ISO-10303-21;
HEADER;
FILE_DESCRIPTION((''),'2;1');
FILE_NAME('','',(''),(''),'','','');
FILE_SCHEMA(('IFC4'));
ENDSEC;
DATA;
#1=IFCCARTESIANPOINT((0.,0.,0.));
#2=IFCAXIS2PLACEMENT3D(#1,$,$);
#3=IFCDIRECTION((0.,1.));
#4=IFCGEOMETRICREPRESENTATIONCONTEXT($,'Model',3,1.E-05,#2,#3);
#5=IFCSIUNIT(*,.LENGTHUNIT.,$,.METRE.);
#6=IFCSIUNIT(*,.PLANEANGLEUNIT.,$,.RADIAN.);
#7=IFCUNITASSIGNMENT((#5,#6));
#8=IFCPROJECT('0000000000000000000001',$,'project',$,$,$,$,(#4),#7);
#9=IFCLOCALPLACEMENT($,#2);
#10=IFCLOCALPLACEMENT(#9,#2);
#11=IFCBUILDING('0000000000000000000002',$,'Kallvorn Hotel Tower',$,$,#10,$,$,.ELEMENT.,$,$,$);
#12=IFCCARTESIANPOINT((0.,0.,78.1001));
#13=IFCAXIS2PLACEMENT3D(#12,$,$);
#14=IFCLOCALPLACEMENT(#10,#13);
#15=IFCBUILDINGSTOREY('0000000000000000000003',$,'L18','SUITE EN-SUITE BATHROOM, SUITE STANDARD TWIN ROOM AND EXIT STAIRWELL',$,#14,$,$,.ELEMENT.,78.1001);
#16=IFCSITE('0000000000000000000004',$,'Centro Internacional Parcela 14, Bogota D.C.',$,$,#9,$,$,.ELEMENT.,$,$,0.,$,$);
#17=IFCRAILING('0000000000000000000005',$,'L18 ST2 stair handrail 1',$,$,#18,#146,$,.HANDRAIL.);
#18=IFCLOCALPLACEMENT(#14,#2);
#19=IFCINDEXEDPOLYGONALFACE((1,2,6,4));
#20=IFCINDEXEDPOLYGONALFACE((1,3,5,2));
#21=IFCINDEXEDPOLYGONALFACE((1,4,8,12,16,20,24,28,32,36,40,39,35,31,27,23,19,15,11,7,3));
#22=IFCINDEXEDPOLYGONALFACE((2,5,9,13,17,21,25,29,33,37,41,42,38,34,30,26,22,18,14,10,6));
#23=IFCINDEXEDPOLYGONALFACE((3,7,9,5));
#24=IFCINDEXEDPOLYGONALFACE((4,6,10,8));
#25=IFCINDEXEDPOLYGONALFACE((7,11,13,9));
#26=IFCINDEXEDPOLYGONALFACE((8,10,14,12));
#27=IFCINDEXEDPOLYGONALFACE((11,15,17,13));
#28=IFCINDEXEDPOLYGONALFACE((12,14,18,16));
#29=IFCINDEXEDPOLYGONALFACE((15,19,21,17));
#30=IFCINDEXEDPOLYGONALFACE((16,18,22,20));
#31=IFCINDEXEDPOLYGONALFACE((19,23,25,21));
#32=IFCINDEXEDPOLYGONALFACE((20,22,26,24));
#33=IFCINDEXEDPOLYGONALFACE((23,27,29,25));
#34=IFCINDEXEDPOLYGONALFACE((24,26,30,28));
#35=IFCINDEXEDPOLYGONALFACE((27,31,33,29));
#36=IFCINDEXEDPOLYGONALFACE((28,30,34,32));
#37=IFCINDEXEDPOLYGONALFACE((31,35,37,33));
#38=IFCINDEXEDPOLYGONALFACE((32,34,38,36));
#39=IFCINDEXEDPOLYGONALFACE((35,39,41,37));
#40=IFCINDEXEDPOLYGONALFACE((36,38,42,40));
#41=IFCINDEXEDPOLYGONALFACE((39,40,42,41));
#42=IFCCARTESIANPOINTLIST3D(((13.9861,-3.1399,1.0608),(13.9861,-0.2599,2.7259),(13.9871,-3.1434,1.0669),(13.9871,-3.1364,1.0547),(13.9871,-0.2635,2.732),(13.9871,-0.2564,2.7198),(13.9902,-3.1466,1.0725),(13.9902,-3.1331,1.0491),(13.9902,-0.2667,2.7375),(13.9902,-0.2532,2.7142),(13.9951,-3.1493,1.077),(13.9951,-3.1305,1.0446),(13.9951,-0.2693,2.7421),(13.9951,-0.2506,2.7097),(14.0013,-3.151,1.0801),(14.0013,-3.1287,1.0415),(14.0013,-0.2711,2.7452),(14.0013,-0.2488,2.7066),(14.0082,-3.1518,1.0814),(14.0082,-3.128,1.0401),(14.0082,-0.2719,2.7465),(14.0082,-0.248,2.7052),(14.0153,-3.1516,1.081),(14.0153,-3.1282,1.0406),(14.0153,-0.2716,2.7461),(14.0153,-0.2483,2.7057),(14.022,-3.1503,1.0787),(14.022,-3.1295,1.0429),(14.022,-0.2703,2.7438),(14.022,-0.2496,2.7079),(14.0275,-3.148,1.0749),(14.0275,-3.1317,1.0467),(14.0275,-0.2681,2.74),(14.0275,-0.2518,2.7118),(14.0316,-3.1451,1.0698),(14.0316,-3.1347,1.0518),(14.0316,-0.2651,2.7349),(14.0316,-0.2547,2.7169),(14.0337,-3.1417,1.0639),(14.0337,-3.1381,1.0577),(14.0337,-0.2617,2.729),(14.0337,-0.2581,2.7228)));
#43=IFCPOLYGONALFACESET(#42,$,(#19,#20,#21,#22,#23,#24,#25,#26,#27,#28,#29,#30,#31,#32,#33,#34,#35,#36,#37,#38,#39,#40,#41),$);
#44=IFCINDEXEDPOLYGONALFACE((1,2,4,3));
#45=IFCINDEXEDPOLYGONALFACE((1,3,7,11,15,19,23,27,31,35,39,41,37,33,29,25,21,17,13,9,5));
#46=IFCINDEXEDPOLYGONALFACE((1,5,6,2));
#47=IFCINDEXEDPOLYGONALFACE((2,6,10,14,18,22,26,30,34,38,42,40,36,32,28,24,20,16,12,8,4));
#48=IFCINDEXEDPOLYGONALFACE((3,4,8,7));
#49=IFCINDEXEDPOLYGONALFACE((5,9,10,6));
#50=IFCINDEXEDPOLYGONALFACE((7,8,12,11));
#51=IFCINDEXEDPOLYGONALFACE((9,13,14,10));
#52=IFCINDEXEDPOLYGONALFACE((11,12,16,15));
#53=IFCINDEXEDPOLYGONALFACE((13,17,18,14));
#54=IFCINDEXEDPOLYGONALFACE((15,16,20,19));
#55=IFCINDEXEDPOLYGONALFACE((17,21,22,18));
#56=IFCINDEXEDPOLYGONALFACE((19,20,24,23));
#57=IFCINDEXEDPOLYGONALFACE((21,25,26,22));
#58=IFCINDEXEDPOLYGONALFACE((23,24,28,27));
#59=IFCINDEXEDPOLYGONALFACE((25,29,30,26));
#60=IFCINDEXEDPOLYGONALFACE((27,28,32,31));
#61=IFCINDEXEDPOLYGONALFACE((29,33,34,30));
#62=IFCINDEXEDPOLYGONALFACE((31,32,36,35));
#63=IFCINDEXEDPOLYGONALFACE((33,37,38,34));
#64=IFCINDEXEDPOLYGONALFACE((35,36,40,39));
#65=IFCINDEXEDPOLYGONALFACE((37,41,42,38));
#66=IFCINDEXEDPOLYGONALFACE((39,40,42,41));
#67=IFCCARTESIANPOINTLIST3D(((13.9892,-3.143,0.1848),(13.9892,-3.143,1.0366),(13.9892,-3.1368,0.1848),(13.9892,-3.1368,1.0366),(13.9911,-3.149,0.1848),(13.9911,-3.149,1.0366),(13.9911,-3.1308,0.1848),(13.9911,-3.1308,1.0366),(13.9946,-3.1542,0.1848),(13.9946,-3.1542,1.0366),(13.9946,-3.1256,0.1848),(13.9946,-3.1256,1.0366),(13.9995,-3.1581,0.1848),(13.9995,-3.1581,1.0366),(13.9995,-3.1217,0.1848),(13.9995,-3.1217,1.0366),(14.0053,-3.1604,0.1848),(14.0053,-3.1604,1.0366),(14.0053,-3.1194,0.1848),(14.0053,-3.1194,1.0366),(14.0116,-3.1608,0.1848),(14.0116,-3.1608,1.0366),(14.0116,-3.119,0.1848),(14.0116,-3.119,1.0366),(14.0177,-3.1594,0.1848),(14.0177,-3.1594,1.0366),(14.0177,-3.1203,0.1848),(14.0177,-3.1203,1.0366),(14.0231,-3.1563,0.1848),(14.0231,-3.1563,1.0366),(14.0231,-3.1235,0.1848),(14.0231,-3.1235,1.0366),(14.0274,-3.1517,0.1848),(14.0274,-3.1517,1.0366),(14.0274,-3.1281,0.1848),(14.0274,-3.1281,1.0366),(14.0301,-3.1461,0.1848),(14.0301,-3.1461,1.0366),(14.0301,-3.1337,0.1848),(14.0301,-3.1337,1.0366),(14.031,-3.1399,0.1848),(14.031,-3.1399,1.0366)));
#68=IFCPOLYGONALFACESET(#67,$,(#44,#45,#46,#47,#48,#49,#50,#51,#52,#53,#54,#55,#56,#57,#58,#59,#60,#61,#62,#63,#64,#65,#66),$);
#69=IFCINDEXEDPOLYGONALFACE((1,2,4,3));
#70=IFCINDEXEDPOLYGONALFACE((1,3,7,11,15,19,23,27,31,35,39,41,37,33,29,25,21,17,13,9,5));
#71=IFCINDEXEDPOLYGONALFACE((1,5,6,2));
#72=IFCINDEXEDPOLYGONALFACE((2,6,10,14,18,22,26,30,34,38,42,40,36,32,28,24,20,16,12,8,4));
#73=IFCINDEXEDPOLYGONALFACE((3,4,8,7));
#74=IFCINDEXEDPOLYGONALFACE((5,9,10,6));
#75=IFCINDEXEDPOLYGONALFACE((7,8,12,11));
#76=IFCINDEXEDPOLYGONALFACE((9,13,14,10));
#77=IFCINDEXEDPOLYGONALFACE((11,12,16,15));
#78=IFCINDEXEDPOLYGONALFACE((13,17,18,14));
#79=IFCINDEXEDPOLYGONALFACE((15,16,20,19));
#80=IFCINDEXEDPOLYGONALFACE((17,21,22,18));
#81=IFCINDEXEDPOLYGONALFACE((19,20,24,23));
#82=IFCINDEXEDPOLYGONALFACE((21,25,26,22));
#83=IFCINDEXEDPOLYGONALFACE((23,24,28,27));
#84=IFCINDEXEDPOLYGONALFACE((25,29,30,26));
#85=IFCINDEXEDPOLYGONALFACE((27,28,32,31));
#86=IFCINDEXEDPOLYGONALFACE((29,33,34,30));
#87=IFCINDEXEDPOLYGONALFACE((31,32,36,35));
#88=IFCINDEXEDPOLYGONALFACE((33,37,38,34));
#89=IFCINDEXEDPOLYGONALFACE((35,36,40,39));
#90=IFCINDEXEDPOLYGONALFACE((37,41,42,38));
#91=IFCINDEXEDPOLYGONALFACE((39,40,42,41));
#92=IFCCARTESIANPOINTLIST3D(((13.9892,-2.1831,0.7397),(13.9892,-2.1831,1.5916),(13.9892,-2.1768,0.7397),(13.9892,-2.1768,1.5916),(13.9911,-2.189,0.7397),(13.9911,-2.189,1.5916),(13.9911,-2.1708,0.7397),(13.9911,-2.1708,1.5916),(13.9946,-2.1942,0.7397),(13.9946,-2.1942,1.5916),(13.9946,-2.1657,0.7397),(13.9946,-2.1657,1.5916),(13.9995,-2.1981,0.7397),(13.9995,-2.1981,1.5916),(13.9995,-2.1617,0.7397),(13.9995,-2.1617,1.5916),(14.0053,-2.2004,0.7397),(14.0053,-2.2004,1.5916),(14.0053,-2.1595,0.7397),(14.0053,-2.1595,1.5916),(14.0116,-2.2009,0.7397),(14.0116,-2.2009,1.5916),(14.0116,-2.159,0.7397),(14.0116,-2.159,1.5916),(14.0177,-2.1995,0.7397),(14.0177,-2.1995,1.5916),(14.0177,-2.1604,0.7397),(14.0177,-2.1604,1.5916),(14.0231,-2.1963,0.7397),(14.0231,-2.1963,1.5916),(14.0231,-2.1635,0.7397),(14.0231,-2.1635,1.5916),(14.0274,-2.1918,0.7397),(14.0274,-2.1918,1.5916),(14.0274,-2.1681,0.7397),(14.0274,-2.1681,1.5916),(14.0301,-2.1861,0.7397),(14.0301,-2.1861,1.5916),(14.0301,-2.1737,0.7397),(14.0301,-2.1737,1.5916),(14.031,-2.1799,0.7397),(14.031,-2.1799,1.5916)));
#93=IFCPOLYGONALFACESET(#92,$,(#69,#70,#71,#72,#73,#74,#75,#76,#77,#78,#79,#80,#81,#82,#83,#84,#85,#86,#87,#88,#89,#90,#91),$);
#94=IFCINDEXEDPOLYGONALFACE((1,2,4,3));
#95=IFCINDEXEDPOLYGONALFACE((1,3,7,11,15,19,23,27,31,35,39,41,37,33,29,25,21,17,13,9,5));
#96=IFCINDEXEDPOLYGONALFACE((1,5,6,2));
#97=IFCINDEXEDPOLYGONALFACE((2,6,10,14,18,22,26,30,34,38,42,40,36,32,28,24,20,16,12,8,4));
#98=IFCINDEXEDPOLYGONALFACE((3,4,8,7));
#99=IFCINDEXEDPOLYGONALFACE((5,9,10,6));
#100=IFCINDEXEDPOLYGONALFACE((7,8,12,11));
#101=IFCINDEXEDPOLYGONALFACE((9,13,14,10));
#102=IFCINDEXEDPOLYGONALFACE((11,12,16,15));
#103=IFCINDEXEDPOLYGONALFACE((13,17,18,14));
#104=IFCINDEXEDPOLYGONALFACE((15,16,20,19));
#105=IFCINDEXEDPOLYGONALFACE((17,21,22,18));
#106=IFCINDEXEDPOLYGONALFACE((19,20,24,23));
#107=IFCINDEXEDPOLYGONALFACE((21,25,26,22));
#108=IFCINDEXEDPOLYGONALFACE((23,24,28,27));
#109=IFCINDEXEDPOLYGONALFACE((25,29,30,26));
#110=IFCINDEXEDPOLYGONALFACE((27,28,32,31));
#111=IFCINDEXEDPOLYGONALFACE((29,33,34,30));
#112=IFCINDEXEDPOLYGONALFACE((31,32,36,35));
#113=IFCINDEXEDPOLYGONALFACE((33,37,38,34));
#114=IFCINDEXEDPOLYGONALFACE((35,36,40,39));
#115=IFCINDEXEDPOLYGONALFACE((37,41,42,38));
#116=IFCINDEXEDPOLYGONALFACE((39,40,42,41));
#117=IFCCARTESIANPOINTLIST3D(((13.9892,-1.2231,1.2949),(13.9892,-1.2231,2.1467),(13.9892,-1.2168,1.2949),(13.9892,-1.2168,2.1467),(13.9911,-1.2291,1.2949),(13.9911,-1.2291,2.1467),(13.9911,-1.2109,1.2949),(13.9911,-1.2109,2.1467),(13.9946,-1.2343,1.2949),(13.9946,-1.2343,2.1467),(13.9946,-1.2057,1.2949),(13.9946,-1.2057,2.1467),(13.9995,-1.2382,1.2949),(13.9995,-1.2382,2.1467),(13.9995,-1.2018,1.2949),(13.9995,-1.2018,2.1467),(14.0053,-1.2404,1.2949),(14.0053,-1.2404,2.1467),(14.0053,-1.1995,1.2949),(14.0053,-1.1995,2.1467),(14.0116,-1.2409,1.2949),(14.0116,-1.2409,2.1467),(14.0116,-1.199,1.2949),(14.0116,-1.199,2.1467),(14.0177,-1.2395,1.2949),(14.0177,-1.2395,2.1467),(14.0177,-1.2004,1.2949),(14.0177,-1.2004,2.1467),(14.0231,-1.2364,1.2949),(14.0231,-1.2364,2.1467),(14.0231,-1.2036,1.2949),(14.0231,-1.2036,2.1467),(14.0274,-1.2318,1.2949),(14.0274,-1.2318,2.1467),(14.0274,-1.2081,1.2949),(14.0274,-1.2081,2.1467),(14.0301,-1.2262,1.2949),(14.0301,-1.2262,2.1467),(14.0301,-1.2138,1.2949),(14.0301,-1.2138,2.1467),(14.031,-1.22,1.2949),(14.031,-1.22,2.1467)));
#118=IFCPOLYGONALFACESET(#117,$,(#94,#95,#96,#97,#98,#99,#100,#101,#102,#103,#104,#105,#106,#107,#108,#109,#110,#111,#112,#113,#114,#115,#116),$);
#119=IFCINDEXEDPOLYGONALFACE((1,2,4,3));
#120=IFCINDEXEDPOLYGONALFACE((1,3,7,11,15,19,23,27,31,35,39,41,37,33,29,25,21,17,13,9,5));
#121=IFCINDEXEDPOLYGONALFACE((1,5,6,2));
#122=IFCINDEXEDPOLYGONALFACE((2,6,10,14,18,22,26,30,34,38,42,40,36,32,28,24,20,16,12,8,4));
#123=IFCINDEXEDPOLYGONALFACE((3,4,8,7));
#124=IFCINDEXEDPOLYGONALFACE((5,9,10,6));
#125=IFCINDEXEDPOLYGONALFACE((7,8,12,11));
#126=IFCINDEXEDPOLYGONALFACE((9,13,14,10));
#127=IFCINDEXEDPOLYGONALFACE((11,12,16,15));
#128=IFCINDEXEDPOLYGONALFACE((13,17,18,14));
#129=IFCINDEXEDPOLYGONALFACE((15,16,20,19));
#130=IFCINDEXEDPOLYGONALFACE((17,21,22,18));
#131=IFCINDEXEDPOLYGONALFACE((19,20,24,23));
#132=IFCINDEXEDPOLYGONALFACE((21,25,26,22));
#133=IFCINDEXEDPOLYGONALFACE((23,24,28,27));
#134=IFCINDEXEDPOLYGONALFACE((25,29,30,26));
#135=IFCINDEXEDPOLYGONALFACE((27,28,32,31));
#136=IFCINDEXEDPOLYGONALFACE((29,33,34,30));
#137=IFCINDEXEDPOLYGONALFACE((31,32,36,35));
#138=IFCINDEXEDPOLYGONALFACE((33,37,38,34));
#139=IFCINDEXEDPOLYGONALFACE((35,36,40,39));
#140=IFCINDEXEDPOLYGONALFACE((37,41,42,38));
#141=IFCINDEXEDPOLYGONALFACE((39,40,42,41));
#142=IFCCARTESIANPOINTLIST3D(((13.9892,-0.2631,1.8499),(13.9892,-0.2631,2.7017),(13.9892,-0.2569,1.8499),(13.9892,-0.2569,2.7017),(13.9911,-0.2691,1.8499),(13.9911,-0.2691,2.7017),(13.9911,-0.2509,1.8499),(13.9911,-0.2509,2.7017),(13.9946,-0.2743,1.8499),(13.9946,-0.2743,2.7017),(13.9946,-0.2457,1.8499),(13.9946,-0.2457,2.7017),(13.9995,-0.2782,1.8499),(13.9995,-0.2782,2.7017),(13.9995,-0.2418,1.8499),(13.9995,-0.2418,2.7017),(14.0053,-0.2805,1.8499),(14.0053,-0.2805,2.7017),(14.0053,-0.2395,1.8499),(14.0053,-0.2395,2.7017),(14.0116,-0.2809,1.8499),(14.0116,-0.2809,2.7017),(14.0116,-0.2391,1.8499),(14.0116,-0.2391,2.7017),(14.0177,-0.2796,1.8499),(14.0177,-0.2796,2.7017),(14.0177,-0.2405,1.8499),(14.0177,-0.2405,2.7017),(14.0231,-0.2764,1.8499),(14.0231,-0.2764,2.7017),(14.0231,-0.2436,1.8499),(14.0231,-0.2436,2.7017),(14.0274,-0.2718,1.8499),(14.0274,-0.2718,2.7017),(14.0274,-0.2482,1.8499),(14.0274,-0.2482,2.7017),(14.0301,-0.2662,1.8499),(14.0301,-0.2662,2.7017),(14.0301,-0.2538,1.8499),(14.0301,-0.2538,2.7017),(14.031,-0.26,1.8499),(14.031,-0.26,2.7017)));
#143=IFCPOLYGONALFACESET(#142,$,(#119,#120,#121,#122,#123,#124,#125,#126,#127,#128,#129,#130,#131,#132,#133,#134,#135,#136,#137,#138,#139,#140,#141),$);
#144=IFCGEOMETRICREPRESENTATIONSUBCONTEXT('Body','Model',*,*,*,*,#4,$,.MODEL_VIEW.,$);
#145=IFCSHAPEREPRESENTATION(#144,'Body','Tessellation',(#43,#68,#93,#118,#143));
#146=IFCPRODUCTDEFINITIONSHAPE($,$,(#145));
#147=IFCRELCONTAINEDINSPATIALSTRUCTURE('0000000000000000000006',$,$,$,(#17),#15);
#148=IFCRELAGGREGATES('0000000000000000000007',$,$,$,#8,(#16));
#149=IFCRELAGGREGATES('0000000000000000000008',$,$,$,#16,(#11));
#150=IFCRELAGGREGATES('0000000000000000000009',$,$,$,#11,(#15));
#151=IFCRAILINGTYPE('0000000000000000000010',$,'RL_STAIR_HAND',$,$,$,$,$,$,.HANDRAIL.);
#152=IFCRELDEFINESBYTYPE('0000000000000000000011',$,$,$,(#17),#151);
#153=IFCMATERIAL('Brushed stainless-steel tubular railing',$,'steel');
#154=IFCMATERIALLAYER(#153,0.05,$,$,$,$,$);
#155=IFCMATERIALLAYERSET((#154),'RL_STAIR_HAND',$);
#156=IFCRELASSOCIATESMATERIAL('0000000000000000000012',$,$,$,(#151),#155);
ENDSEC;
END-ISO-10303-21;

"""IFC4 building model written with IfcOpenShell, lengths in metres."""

from ifc_helpers import new_model, si_unit, direction, frame, origin, origin_2d, place, context, subcontext, project, spatial, circle, extrude, material, layer, layer_set, type_object, element, save


model = new_model("IFC4")

# Units and contexts
model_context = context("Model", 3, precision=1e-05, world=origin(), true_north=direction((0.0, 1.0)))
body_context = subcontext(model_context, "Body", "Model", "MODEL_VIEW")
ifc_project = project(units=[si_unit("LENGTHUNIT", "METRE"), si_unit("PLANEANGLEUNIT", "RADIAN")], contexts=[model_context])

# Site, building, storey
site_placement = place(None, origin())
site = spatial("IfcSite", under=ifc_project, at=site_placement, Name="Centro Internacional Parcela 14, Bogota D.C.", CompositionType="ELEMENT", RefElevation=0.0)
building_placement = place(site_placement, origin())
building = spatial("IfcBuilding", under=site, at=building_placement, Name="Kallvorn Hotel Tower", CompositionType="ELEMENT")
storey_placement = place(building_placement, frame((0.0, 0.0, 78.1001)))
storey = spatial("IfcBuildingStorey", under=building, at=storey_placement, Name="L18", Description="SUITE EN-SUITE BATHROOM, SUITE STANDARD TWIN ROOM AND EXIT STAIRWELL", CompositionType="ELEMENT", Elevation=78.1001)

# Railing
ifc_material_1 = material(Name="Brushed stainless-steel tubular railing", Category="steel")
ifc_layer_1 = layer(ifc_material_1, 0.05)
ifc_layer_set_1 = layer_set([ifc_layer_1], Name="RL_STAIR_HAND")
railing_type_1 = type_object("IfcRailingType", Name="RL_STAIR_HAND", PredefinedType="HANDRAIL", material=ifc_layer_set_1)
railing_1_placement = place(storey_placement, frame((14.01, -3.1399, 0.1848)))
element("IfcRailing", 1, at=railing_1_placement, inside=storey, type_object=railing_type_1, Name="L18 ST2 stair handrail 1", PredefinedType="HANDRAIL", context=body_context, shape_type="SweptSolid", body=[
    extrude(circle(Radius=0.0239, at=origin_2d()), frame((0.0, 0.0, 0.876), z_axis=(0.0, 0.865721, 0.500527), x_axis=(-1.0, 0.0, 0.0)), (0.0, 0.0, 1.0), 3.3267),
    extrude(circle(Radius=0.021, at=origin_2d()), origin(), (0.0, 0.0, 1.0), 0.8518),
    extrude(circle(Radius=0.021, at=origin_2d()), frame((0.0, 0.96, 0.5549)), (0.0, 0.0, 1.0), 0.8518),
    extrude(circle(Radius=0.021, at=origin_2d()), frame((0.0, 1.9199, 1.1101)), (0.0, 0.0, 1.0), 0.8518),
    extrude(circle(Radius=0.021, at=origin_2d()), frame((0.0, 2.8799, 1.665)), (0.0, 0.0, 1.0), 0.8518),
])

save(model, "model.ifc")
